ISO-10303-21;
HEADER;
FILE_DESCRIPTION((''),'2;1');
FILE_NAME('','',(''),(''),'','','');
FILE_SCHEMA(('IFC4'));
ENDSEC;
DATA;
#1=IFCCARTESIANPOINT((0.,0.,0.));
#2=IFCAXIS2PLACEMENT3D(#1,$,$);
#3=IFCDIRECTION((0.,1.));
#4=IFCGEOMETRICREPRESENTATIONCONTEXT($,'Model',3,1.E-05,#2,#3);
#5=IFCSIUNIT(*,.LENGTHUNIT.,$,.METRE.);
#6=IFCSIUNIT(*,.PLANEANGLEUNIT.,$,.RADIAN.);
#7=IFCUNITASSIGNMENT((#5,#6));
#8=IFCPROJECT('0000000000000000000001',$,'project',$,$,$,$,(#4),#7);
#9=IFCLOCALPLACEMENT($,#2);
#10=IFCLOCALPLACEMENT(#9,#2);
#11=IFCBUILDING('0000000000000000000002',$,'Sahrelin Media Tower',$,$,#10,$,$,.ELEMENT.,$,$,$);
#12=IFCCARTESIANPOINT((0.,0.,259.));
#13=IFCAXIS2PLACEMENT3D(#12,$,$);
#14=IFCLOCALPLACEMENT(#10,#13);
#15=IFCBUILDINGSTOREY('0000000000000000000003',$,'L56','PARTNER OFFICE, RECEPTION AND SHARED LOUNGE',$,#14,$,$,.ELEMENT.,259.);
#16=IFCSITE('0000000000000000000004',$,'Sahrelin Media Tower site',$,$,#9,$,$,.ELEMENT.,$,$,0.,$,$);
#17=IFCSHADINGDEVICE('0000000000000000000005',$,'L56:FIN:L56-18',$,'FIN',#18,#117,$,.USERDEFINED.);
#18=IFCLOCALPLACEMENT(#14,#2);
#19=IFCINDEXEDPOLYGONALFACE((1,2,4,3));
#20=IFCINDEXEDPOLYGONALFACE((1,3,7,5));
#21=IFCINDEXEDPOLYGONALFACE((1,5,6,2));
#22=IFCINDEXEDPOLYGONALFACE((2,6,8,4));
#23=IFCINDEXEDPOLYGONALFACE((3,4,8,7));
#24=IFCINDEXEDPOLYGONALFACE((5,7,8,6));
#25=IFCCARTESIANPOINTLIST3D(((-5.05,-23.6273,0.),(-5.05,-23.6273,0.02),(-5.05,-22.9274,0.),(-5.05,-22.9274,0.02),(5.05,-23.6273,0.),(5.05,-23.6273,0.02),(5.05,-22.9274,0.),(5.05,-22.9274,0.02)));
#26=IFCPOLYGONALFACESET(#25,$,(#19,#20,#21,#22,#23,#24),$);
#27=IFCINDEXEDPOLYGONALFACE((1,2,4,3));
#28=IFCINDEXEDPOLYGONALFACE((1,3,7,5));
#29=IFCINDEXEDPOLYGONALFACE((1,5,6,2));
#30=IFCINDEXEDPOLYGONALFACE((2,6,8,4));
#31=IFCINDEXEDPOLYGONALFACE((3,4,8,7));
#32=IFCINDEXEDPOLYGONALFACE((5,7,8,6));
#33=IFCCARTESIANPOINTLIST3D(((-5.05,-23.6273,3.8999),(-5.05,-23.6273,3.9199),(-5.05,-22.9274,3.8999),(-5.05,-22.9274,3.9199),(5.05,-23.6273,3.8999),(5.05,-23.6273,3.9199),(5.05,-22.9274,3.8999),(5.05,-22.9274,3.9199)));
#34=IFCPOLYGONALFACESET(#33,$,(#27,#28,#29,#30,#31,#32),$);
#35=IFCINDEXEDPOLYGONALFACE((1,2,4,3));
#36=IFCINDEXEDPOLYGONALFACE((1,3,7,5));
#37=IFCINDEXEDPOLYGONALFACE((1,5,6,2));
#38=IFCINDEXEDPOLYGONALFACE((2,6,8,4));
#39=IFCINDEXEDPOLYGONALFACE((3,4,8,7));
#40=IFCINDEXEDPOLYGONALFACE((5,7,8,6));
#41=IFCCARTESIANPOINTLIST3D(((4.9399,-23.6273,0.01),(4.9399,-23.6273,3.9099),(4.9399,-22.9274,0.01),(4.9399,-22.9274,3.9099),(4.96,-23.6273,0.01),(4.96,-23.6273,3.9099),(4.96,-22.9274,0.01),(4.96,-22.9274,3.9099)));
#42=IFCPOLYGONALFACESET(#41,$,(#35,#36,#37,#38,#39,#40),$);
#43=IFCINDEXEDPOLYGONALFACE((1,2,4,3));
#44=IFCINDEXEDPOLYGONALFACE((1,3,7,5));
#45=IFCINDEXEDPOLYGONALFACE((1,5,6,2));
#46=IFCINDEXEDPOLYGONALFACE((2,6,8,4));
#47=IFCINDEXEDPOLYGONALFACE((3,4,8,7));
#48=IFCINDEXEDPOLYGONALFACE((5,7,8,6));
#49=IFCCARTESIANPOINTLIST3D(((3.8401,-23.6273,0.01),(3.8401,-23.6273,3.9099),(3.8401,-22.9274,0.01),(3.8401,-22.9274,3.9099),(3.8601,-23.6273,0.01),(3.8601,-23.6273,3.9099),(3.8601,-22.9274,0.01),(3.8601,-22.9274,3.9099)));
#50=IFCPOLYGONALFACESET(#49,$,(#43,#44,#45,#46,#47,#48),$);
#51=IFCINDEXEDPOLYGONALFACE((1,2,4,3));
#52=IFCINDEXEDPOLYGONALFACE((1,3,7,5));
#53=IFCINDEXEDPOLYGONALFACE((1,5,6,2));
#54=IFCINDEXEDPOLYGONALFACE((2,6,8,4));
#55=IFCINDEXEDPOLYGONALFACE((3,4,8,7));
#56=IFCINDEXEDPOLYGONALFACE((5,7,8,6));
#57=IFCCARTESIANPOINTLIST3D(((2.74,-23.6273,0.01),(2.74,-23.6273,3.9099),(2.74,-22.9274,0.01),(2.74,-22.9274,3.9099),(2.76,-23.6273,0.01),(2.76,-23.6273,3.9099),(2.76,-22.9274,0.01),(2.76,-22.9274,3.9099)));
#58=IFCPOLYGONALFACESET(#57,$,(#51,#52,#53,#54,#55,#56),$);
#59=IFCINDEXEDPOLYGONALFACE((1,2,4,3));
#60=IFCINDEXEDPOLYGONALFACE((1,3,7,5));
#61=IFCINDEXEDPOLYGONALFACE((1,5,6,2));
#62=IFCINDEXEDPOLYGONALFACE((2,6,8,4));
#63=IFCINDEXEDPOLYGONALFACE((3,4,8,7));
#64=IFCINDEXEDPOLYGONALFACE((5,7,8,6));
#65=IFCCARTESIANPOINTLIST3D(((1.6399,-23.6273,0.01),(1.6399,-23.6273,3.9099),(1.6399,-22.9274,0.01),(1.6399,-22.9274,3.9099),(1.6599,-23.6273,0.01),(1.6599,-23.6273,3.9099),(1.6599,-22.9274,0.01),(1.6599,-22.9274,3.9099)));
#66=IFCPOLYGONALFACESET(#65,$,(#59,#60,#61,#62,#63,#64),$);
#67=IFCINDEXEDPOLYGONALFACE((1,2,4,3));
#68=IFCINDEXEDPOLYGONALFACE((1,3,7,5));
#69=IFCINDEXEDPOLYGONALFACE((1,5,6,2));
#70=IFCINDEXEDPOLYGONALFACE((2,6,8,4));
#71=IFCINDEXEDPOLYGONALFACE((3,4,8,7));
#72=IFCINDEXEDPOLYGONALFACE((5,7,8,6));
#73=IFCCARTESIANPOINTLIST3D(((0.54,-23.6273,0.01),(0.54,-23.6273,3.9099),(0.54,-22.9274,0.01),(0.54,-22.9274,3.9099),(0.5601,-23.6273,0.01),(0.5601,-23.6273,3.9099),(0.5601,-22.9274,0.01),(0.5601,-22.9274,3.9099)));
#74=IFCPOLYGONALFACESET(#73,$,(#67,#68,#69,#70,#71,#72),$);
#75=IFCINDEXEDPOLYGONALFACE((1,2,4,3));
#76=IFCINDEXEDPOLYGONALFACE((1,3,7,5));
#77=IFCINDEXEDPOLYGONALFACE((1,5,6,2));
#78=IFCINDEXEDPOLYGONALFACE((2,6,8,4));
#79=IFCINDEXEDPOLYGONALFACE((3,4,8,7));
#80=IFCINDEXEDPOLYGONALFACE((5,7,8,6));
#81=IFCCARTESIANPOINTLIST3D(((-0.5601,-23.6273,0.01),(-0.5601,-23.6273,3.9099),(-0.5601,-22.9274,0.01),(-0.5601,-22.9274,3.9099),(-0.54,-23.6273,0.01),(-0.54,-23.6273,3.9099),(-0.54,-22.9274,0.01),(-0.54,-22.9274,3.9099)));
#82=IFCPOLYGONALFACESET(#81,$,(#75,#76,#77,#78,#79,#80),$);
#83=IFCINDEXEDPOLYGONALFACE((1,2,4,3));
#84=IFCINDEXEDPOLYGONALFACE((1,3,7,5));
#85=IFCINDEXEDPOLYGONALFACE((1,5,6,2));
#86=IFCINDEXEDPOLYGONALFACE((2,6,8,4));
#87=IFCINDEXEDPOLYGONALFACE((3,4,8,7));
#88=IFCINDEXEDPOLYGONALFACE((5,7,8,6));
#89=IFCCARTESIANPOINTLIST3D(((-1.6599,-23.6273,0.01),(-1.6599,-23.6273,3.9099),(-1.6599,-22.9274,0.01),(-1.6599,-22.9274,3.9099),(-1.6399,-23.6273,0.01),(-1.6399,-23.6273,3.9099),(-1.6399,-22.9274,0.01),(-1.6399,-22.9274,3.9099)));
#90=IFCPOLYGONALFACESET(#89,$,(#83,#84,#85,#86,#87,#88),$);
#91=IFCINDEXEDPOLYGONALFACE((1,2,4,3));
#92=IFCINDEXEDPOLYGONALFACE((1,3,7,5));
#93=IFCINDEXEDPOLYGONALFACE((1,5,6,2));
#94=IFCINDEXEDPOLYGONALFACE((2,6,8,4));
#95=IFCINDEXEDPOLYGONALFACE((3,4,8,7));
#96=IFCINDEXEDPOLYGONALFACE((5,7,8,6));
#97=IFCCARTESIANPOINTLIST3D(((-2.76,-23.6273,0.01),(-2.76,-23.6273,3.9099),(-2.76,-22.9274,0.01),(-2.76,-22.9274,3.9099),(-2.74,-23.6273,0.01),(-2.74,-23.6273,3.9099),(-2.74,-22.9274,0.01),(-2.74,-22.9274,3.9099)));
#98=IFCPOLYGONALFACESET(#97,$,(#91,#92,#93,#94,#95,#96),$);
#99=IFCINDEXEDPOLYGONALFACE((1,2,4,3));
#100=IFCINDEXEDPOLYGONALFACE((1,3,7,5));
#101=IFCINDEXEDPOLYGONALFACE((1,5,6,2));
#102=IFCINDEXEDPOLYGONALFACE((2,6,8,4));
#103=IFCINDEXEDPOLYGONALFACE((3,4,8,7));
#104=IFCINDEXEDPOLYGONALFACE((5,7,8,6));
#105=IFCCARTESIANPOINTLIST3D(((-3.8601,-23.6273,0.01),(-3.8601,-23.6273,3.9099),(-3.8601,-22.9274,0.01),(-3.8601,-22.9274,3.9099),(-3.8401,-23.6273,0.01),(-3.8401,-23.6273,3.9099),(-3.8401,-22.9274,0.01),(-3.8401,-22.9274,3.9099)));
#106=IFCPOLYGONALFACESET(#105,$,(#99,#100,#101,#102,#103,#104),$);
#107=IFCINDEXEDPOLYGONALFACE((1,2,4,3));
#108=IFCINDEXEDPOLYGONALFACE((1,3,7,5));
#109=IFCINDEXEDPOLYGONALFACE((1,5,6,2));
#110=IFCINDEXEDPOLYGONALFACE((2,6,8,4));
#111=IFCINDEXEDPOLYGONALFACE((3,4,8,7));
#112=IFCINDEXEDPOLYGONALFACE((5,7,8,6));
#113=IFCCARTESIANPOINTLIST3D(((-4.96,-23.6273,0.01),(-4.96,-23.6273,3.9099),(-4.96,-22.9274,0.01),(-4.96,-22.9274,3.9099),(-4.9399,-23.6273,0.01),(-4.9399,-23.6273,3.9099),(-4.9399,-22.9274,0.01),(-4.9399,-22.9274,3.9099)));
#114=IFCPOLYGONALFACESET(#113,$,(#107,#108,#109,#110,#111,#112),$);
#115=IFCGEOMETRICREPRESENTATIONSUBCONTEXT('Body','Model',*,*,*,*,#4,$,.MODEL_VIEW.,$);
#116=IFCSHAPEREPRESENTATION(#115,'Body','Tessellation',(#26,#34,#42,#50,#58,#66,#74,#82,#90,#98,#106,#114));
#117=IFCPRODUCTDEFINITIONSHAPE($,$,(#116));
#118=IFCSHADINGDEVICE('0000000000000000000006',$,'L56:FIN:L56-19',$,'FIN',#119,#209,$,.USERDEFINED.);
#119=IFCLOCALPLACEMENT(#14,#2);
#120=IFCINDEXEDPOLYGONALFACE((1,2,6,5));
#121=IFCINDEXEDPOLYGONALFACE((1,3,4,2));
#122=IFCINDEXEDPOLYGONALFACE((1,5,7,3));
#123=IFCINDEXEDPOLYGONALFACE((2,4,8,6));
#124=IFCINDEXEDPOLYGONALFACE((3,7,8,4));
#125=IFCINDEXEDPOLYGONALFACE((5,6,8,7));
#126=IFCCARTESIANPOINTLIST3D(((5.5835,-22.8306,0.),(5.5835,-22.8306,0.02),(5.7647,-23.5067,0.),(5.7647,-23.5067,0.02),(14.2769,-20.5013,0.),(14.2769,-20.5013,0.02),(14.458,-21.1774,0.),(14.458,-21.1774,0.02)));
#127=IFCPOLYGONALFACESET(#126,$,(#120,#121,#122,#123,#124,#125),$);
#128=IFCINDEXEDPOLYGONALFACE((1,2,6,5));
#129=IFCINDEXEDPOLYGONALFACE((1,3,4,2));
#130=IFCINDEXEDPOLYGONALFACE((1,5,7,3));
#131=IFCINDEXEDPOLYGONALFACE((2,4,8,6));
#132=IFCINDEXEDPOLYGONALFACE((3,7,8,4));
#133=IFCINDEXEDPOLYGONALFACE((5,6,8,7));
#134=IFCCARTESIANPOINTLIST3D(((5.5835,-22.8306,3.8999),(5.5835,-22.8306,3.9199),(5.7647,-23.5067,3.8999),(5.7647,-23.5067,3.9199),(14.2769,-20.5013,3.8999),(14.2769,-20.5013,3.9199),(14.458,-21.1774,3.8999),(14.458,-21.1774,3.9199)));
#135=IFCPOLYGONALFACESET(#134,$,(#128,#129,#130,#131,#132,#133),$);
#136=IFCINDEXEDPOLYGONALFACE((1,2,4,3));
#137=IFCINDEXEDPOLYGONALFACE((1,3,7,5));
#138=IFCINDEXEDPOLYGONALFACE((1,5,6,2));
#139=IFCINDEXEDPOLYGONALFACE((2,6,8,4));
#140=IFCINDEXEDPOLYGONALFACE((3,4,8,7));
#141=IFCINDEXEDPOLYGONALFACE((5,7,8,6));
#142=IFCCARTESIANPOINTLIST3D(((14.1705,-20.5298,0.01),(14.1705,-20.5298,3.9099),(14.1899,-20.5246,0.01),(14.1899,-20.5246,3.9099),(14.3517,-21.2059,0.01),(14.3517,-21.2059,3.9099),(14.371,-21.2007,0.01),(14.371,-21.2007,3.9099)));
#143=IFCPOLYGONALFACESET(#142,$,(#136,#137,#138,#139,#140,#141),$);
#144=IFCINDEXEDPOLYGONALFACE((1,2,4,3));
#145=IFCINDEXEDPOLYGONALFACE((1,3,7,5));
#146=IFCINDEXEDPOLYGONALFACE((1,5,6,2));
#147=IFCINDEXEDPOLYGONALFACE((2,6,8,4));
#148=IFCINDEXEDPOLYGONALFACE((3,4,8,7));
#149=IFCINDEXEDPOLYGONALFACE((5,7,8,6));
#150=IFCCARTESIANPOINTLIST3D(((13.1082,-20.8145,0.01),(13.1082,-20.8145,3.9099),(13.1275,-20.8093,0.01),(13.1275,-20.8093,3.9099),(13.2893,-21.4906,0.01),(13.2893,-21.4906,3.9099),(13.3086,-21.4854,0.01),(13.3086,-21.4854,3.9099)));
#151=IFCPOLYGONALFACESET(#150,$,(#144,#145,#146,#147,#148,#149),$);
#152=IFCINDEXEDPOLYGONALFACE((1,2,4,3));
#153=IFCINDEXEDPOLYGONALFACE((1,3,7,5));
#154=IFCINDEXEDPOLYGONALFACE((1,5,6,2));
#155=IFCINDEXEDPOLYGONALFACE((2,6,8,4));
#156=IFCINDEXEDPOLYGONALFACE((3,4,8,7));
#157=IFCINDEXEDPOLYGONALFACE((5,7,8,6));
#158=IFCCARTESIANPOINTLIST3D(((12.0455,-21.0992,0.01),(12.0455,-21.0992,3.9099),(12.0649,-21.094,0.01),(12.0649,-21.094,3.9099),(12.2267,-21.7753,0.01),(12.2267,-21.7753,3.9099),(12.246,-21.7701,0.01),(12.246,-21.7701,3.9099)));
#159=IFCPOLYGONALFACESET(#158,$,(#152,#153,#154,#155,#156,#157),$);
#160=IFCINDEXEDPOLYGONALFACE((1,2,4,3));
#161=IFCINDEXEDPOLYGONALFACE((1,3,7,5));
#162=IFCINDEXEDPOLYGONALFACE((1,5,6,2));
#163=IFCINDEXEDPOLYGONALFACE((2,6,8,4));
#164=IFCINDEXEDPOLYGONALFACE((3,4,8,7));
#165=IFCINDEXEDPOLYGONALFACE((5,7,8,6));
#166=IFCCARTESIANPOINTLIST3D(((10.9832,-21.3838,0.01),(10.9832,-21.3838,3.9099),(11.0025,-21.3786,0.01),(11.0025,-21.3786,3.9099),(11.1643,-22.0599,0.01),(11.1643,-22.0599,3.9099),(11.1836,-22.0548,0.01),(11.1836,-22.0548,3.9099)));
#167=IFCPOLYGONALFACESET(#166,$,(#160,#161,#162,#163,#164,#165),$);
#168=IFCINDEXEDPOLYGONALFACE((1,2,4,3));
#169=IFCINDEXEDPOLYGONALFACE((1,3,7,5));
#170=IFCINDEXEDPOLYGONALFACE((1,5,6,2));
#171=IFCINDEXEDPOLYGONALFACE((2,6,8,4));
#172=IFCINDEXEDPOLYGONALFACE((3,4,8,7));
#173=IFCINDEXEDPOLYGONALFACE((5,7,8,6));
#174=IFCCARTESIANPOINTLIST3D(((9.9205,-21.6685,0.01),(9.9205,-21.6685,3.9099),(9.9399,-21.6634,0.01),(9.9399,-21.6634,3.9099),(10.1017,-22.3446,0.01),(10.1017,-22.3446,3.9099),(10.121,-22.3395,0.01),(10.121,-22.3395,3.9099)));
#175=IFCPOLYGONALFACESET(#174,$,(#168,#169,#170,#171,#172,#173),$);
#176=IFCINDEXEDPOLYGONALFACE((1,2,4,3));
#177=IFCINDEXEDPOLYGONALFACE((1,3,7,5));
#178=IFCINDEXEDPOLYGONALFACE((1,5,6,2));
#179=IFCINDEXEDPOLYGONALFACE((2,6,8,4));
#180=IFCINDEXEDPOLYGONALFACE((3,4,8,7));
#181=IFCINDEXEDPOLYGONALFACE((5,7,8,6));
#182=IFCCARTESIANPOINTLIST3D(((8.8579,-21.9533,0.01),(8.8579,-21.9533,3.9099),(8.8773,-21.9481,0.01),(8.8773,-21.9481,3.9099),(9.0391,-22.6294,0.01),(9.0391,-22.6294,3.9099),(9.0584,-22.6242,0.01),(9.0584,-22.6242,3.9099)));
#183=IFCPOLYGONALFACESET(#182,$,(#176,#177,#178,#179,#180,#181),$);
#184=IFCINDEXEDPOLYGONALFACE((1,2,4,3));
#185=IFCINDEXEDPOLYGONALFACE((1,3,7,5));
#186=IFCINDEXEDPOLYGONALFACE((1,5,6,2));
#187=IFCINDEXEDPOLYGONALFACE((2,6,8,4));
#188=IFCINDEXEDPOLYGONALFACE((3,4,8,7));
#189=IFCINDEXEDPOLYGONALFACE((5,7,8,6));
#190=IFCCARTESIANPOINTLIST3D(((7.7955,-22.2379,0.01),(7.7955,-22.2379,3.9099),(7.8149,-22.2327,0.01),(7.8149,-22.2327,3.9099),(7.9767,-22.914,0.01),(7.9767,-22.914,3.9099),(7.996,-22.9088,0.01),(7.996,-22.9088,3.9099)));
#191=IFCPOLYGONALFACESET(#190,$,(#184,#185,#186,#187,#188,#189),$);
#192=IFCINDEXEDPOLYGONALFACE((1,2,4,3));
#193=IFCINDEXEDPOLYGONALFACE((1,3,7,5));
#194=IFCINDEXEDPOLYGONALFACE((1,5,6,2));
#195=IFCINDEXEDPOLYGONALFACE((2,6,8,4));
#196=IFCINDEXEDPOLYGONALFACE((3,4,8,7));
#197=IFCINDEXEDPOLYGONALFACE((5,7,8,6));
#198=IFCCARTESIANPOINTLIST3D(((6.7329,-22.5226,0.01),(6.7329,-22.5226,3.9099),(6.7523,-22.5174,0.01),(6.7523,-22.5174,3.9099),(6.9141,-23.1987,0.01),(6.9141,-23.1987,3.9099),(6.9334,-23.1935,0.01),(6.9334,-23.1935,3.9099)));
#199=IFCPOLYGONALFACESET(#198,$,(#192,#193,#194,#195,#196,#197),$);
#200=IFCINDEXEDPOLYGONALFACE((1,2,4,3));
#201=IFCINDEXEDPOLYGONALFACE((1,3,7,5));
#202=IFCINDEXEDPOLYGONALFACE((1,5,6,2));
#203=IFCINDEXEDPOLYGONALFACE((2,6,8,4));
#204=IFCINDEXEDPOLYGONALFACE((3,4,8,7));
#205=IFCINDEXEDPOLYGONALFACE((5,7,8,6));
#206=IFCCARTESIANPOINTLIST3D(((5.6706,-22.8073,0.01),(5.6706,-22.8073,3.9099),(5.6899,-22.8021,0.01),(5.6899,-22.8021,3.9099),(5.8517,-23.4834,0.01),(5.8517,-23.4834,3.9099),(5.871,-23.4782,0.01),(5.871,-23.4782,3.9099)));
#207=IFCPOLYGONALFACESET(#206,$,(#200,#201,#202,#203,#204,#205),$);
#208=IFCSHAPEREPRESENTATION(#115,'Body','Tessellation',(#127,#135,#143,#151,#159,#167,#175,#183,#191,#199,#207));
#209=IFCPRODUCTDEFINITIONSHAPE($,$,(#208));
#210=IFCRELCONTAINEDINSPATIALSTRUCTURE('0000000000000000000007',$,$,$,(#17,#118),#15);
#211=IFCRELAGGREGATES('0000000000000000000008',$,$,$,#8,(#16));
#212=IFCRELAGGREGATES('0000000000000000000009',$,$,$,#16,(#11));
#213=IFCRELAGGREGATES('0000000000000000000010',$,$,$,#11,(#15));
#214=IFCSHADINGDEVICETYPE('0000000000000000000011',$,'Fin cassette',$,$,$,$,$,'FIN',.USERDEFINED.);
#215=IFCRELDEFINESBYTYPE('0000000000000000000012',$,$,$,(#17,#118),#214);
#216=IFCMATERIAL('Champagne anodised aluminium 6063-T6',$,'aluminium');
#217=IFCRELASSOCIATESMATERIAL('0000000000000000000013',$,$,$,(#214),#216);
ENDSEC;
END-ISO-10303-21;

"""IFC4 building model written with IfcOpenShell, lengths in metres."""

from ifc_helpers import new_model, si_unit, direction, frame, origin, origin_2d, place, context, subcontext, project, spatial, rectangle, extrude, material, type_object, element, save


model = new_model("IFC4")

# Units and contexts
model_context = context("Model", 3, precision=1e-05, world=origin(), true_north=direction((0.0, 1.0)))
body_context = subcontext(model_context, "Body", "Model", "MODEL_VIEW")
ifc_project = project(units=[si_unit("LENGTHUNIT", "METRE"), si_unit("PLANEANGLEUNIT", "RADIAN")], contexts=[model_context])

# Site, building, storey
site_placement = place(None, origin())
site = spatial("IfcSite", under=ifc_project, at=site_placement, Name="Sahrelin Media Tower site", CompositionType="ELEMENT", RefElevation=0.0)
building_placement = place(site_placement, origin())
building = spatial("IfcBuilding", under=site, at=building_placement, Name="Sahrelin Media Tower", CompositionType="ELEMENT")
storey_placement = place(building_placement, frame((0.0, 0.0, 259.0)))
storey = spatial("IfcBuildingStorey", under=building, at=storey_placement, Name="L56", Description="PARTNER OFFICE, RECEPTION AND SHARED LOUNGE", CompositionType="ELEMENT", Elevation=259.0)

# Shared definitions
ifc_material_1 = material(Name="Champagne anodised aluminium 6063-T6", Category="aluminium")

# Shading devices
shading_device_type_1 = type_object("IfcShadingDeviceType", Name="Fin cassette", ElementType="FIN", PredefinedType="USERDEFINED", material=ifc_material_1)
placement_1 = place(storey_placement, frame((0.0, -22.8574, 0.0), z_axis=(0.0, 0.0, 1.0), x_axis=(-1.0, 0.0, 0.0)))
element("IfcShadingDevice", 1, at=placement_1, inside=storey, type_object=shading_device_type_1, Name="L56:FIN:L56-18", ObjectType="FIN", PredefinedType="USERDEFINED", context=body_context, shape_type="SweptSolid", body=[
    extrude(rectangle(XDim=10.1001, YDim=0.7, at=origin_2d()), frame((0.0, 0.4199, 0.0)), (0.0, 0.0, 1.0), 0.02),
    extrude(rectangle(XDim=10.1001, YDim=0.7, at=origin_2d()), frame((0.0, 0.4199, 3.8999)), (0.0, 0.0, 1.0), 0.02),
    extrude(rectangle(XDim=0.02, YDim=0.7, at=origin_2d()), frame((-4.95, 0.4199, 0.01), z_axis=(0.0, 0.0, 1.0), x_axis=(1.0, 0.0, 0.0)), (0.0, 0.0, 1.0), 3.8999),
    extrude(rectangle(XDim=0.02, YDim=0.7, at=origin_2d()), frame((-3.8501, 0.4199, 0.01), z_axis=(0.0, 0.0, 1.0), x_axis=(1.0, 0.0, 0.0)), (0.0, 0.0, 1.0), 3.8999),
    extrude(rectangle(XDim=0.02, YDim=0.7, at=origin_2d()), frame((-2.75, 0.4199, 0.01), z_axis=(0.0, 0.0, 1.0), x_axis=(1.0, 0.0, 0.0)), (0.0, 0.0, 1.0), 3.8999),
    extrude(rectangle(XDim=0.02, YDim=0.7, at=origin_2d()), frame((-1.6499, 0.4199, 0.01), z_axis=(0.0, 0.0, 1.0), x_axis=(1.0, 0.0, 0.0)), (0.0, 0.0, 1.0), 3.8999),
    extrude(rectangle(XDim=0.02, YDim=0.7, at=origin_2d()), frame((-0.55, 0.4199, 0.01), z_axis=(0.0, 0.0, 1.0), x_axis=(1.0, 0.0, 0.0)), (0.0, 0.0, 1.0), 3.8999),
    extrude(rectangle(XDim=0.02, YDim=0.7, at=origin_2d()), frame((0.55, 0.4199, 0.01), z_axis=(0.0, 0.0, 1.0), x_axis=(1.0, 0.0, 0.0)), (0.0, 0.0, 1.0), 3.8999),
    extrude(rectangle(XDim=0.02, YDim=0.7, at=origin_2d()), frame((1.6499, 0.4199, 0.01), z_axis=(0.0, 0.0, 1.0), x_axis=(1.0, 0.0, 0.0)), (0.0, 0.0, 1.0), 3.8999),
    extrude(rectangle(XDim=0.02, YDim=0.7, at=origin_2d()), frame((2.75, 0.4199, 0.01), z_axis=(0.0, 0.0, 1.0), x_axis=(1.0, 0.0, 0.0)), (0.0, 0.0, 1.0), 3.8999),
    extrude(rectangle(XDim=0.02, YDim=0.7, at=origin_2d()), frame((3.8501, 0.4199, 0.01), z_axis=(0.0, 0.0, 1.0), x_axis=(1.0, 0.0, 0.0)), (0.0, 0.0, 1.0), 3.8999),
    extrude(rectangle(XDim=0.02, YDim=0.7, at=origin_2d()), frame((4.95, 0.4199, 0.01), z_axis=(0.0, 0.0, 1.0), x_axis=(1.0, 0.0, 0.0)), (0.0, 0.0, 1.0), 3.8999),
])
placement_2 = place(storey_placement, frame((9.9121, -21.5984, 0.0), z_axis=(0.0, 0.0, 1.0), x_axis=(-0.965929, -0.258808, 0.0)))
element("IfcShadingDevice", 2, at=placement_2, inside=storey, type_object=shading_device_type_1, Name="L56:FIN:L56-19", ObjectType="FIN", PredefinedType="USERDEFINED", context=body_context, shape_type="SweptSolid", body=[
    extrude(rectangle(XDim=9.0, YDim=0.7, at=origin_2d()), frame((0.0, 0.4199, 0.0)), (0.0, 0.0, 1.0), 0.02),
    extrude(rectangle(XDim=9.0, YDim=0.7, at=origin_2d()), frame((0.0, 0.4199, 3.8999)), (0.0, 0.0, 1.0), 0.02),
    extrude(rectangle(XDim=0.02, YDim=0.7, at=origin_2d()), frame((-4.3999, 0.4199, 0.01), z_axis=(0.0, 0.0, 1.0), x_axis=(1.0, 0.0, 0.0)), (0.0, 0.0, 1.0), 3.8999),
    extrude(rectangle(XDim=0.02, YDim=0.7, at=origin_2d()), frame((-3.3, 0.4199, 0.01), z_axis=(0.0, 0.0, 1.0), x_axis=(1.0, 0.0, 0.0)), (0.0, 0.0, 1.0), 3.8999),
    extrude(rectangle(XDim=0.02, YDim=0.7, at=origin_2d()), frame((-2.2, 0.4199, 0.01), z_axis=(0.0, 0.0, 1.0), x_axis=(1.0, 0.0, 0.0)), (0.0, 0.0, 1.0), 3.8999),
    extrude(rectangle(XDim=0.02, YDim=0.7, at=origin_2d()), frame((-1.1001, 0.4199, 0.01), z_axis=(0.0, 0.0, 1.0), x_axis=(1.0, 0.0, 0.0)), (0.0, 0.0, 1.0), 3.8999),
    extrude(rectangle(XDim=0.02, YDim=0.7, at=origin_2d()), frame((0.0, 0.4199, 0.01), z_axis=(0.0, 0.0, 1.0), x_axis=(1.0, 0.0, 0.0)), (0.0, 0.0, 1.0), 3.8999),
    extrude(rectangle(XDim=0.02, YDim=0.7, at=origin_2d()), frame((1.1001, 0.4199, 0.01), z_axis=(0.0, 0.0, 1.0), x_axis=(1.0, 0.0, 0.0)), (0.0, 0.0, 1.0), 3.8999),
    extrude(rectangle(XDim=0.02, YDim=0.7, at=origin_2d()), frame((2.2, 0.4199, 0.01), z_axis=(0.0, 0.0, 1.0), x_axis=(1.0, 0.0, 0.0)), (0.0, 0.0, 1.0), 3.8999),
    extrude(rectangle(XDim=0.02, YDim=0.7, at=origin_2d()), frame((3.3, 0.4199, 0.01), z_axis=(0.0, 0.0, 1.0), x_axis=(1.0, 0.0, 0.0)), (0.0, 0.0, 1.0), 3.8999),
    extrude(rectangle(XDim=0.02, YDim=0.7, at=origin_2d()), frame((4.3999, 0.4199, 0.01), z_axis=(0.0, 0.0, 1.0), x_axis=(1.0, 0.0, 0.0)), (0.0, 0.0, 1.0), 3.8999),
])

save(model, "model.ifc")
